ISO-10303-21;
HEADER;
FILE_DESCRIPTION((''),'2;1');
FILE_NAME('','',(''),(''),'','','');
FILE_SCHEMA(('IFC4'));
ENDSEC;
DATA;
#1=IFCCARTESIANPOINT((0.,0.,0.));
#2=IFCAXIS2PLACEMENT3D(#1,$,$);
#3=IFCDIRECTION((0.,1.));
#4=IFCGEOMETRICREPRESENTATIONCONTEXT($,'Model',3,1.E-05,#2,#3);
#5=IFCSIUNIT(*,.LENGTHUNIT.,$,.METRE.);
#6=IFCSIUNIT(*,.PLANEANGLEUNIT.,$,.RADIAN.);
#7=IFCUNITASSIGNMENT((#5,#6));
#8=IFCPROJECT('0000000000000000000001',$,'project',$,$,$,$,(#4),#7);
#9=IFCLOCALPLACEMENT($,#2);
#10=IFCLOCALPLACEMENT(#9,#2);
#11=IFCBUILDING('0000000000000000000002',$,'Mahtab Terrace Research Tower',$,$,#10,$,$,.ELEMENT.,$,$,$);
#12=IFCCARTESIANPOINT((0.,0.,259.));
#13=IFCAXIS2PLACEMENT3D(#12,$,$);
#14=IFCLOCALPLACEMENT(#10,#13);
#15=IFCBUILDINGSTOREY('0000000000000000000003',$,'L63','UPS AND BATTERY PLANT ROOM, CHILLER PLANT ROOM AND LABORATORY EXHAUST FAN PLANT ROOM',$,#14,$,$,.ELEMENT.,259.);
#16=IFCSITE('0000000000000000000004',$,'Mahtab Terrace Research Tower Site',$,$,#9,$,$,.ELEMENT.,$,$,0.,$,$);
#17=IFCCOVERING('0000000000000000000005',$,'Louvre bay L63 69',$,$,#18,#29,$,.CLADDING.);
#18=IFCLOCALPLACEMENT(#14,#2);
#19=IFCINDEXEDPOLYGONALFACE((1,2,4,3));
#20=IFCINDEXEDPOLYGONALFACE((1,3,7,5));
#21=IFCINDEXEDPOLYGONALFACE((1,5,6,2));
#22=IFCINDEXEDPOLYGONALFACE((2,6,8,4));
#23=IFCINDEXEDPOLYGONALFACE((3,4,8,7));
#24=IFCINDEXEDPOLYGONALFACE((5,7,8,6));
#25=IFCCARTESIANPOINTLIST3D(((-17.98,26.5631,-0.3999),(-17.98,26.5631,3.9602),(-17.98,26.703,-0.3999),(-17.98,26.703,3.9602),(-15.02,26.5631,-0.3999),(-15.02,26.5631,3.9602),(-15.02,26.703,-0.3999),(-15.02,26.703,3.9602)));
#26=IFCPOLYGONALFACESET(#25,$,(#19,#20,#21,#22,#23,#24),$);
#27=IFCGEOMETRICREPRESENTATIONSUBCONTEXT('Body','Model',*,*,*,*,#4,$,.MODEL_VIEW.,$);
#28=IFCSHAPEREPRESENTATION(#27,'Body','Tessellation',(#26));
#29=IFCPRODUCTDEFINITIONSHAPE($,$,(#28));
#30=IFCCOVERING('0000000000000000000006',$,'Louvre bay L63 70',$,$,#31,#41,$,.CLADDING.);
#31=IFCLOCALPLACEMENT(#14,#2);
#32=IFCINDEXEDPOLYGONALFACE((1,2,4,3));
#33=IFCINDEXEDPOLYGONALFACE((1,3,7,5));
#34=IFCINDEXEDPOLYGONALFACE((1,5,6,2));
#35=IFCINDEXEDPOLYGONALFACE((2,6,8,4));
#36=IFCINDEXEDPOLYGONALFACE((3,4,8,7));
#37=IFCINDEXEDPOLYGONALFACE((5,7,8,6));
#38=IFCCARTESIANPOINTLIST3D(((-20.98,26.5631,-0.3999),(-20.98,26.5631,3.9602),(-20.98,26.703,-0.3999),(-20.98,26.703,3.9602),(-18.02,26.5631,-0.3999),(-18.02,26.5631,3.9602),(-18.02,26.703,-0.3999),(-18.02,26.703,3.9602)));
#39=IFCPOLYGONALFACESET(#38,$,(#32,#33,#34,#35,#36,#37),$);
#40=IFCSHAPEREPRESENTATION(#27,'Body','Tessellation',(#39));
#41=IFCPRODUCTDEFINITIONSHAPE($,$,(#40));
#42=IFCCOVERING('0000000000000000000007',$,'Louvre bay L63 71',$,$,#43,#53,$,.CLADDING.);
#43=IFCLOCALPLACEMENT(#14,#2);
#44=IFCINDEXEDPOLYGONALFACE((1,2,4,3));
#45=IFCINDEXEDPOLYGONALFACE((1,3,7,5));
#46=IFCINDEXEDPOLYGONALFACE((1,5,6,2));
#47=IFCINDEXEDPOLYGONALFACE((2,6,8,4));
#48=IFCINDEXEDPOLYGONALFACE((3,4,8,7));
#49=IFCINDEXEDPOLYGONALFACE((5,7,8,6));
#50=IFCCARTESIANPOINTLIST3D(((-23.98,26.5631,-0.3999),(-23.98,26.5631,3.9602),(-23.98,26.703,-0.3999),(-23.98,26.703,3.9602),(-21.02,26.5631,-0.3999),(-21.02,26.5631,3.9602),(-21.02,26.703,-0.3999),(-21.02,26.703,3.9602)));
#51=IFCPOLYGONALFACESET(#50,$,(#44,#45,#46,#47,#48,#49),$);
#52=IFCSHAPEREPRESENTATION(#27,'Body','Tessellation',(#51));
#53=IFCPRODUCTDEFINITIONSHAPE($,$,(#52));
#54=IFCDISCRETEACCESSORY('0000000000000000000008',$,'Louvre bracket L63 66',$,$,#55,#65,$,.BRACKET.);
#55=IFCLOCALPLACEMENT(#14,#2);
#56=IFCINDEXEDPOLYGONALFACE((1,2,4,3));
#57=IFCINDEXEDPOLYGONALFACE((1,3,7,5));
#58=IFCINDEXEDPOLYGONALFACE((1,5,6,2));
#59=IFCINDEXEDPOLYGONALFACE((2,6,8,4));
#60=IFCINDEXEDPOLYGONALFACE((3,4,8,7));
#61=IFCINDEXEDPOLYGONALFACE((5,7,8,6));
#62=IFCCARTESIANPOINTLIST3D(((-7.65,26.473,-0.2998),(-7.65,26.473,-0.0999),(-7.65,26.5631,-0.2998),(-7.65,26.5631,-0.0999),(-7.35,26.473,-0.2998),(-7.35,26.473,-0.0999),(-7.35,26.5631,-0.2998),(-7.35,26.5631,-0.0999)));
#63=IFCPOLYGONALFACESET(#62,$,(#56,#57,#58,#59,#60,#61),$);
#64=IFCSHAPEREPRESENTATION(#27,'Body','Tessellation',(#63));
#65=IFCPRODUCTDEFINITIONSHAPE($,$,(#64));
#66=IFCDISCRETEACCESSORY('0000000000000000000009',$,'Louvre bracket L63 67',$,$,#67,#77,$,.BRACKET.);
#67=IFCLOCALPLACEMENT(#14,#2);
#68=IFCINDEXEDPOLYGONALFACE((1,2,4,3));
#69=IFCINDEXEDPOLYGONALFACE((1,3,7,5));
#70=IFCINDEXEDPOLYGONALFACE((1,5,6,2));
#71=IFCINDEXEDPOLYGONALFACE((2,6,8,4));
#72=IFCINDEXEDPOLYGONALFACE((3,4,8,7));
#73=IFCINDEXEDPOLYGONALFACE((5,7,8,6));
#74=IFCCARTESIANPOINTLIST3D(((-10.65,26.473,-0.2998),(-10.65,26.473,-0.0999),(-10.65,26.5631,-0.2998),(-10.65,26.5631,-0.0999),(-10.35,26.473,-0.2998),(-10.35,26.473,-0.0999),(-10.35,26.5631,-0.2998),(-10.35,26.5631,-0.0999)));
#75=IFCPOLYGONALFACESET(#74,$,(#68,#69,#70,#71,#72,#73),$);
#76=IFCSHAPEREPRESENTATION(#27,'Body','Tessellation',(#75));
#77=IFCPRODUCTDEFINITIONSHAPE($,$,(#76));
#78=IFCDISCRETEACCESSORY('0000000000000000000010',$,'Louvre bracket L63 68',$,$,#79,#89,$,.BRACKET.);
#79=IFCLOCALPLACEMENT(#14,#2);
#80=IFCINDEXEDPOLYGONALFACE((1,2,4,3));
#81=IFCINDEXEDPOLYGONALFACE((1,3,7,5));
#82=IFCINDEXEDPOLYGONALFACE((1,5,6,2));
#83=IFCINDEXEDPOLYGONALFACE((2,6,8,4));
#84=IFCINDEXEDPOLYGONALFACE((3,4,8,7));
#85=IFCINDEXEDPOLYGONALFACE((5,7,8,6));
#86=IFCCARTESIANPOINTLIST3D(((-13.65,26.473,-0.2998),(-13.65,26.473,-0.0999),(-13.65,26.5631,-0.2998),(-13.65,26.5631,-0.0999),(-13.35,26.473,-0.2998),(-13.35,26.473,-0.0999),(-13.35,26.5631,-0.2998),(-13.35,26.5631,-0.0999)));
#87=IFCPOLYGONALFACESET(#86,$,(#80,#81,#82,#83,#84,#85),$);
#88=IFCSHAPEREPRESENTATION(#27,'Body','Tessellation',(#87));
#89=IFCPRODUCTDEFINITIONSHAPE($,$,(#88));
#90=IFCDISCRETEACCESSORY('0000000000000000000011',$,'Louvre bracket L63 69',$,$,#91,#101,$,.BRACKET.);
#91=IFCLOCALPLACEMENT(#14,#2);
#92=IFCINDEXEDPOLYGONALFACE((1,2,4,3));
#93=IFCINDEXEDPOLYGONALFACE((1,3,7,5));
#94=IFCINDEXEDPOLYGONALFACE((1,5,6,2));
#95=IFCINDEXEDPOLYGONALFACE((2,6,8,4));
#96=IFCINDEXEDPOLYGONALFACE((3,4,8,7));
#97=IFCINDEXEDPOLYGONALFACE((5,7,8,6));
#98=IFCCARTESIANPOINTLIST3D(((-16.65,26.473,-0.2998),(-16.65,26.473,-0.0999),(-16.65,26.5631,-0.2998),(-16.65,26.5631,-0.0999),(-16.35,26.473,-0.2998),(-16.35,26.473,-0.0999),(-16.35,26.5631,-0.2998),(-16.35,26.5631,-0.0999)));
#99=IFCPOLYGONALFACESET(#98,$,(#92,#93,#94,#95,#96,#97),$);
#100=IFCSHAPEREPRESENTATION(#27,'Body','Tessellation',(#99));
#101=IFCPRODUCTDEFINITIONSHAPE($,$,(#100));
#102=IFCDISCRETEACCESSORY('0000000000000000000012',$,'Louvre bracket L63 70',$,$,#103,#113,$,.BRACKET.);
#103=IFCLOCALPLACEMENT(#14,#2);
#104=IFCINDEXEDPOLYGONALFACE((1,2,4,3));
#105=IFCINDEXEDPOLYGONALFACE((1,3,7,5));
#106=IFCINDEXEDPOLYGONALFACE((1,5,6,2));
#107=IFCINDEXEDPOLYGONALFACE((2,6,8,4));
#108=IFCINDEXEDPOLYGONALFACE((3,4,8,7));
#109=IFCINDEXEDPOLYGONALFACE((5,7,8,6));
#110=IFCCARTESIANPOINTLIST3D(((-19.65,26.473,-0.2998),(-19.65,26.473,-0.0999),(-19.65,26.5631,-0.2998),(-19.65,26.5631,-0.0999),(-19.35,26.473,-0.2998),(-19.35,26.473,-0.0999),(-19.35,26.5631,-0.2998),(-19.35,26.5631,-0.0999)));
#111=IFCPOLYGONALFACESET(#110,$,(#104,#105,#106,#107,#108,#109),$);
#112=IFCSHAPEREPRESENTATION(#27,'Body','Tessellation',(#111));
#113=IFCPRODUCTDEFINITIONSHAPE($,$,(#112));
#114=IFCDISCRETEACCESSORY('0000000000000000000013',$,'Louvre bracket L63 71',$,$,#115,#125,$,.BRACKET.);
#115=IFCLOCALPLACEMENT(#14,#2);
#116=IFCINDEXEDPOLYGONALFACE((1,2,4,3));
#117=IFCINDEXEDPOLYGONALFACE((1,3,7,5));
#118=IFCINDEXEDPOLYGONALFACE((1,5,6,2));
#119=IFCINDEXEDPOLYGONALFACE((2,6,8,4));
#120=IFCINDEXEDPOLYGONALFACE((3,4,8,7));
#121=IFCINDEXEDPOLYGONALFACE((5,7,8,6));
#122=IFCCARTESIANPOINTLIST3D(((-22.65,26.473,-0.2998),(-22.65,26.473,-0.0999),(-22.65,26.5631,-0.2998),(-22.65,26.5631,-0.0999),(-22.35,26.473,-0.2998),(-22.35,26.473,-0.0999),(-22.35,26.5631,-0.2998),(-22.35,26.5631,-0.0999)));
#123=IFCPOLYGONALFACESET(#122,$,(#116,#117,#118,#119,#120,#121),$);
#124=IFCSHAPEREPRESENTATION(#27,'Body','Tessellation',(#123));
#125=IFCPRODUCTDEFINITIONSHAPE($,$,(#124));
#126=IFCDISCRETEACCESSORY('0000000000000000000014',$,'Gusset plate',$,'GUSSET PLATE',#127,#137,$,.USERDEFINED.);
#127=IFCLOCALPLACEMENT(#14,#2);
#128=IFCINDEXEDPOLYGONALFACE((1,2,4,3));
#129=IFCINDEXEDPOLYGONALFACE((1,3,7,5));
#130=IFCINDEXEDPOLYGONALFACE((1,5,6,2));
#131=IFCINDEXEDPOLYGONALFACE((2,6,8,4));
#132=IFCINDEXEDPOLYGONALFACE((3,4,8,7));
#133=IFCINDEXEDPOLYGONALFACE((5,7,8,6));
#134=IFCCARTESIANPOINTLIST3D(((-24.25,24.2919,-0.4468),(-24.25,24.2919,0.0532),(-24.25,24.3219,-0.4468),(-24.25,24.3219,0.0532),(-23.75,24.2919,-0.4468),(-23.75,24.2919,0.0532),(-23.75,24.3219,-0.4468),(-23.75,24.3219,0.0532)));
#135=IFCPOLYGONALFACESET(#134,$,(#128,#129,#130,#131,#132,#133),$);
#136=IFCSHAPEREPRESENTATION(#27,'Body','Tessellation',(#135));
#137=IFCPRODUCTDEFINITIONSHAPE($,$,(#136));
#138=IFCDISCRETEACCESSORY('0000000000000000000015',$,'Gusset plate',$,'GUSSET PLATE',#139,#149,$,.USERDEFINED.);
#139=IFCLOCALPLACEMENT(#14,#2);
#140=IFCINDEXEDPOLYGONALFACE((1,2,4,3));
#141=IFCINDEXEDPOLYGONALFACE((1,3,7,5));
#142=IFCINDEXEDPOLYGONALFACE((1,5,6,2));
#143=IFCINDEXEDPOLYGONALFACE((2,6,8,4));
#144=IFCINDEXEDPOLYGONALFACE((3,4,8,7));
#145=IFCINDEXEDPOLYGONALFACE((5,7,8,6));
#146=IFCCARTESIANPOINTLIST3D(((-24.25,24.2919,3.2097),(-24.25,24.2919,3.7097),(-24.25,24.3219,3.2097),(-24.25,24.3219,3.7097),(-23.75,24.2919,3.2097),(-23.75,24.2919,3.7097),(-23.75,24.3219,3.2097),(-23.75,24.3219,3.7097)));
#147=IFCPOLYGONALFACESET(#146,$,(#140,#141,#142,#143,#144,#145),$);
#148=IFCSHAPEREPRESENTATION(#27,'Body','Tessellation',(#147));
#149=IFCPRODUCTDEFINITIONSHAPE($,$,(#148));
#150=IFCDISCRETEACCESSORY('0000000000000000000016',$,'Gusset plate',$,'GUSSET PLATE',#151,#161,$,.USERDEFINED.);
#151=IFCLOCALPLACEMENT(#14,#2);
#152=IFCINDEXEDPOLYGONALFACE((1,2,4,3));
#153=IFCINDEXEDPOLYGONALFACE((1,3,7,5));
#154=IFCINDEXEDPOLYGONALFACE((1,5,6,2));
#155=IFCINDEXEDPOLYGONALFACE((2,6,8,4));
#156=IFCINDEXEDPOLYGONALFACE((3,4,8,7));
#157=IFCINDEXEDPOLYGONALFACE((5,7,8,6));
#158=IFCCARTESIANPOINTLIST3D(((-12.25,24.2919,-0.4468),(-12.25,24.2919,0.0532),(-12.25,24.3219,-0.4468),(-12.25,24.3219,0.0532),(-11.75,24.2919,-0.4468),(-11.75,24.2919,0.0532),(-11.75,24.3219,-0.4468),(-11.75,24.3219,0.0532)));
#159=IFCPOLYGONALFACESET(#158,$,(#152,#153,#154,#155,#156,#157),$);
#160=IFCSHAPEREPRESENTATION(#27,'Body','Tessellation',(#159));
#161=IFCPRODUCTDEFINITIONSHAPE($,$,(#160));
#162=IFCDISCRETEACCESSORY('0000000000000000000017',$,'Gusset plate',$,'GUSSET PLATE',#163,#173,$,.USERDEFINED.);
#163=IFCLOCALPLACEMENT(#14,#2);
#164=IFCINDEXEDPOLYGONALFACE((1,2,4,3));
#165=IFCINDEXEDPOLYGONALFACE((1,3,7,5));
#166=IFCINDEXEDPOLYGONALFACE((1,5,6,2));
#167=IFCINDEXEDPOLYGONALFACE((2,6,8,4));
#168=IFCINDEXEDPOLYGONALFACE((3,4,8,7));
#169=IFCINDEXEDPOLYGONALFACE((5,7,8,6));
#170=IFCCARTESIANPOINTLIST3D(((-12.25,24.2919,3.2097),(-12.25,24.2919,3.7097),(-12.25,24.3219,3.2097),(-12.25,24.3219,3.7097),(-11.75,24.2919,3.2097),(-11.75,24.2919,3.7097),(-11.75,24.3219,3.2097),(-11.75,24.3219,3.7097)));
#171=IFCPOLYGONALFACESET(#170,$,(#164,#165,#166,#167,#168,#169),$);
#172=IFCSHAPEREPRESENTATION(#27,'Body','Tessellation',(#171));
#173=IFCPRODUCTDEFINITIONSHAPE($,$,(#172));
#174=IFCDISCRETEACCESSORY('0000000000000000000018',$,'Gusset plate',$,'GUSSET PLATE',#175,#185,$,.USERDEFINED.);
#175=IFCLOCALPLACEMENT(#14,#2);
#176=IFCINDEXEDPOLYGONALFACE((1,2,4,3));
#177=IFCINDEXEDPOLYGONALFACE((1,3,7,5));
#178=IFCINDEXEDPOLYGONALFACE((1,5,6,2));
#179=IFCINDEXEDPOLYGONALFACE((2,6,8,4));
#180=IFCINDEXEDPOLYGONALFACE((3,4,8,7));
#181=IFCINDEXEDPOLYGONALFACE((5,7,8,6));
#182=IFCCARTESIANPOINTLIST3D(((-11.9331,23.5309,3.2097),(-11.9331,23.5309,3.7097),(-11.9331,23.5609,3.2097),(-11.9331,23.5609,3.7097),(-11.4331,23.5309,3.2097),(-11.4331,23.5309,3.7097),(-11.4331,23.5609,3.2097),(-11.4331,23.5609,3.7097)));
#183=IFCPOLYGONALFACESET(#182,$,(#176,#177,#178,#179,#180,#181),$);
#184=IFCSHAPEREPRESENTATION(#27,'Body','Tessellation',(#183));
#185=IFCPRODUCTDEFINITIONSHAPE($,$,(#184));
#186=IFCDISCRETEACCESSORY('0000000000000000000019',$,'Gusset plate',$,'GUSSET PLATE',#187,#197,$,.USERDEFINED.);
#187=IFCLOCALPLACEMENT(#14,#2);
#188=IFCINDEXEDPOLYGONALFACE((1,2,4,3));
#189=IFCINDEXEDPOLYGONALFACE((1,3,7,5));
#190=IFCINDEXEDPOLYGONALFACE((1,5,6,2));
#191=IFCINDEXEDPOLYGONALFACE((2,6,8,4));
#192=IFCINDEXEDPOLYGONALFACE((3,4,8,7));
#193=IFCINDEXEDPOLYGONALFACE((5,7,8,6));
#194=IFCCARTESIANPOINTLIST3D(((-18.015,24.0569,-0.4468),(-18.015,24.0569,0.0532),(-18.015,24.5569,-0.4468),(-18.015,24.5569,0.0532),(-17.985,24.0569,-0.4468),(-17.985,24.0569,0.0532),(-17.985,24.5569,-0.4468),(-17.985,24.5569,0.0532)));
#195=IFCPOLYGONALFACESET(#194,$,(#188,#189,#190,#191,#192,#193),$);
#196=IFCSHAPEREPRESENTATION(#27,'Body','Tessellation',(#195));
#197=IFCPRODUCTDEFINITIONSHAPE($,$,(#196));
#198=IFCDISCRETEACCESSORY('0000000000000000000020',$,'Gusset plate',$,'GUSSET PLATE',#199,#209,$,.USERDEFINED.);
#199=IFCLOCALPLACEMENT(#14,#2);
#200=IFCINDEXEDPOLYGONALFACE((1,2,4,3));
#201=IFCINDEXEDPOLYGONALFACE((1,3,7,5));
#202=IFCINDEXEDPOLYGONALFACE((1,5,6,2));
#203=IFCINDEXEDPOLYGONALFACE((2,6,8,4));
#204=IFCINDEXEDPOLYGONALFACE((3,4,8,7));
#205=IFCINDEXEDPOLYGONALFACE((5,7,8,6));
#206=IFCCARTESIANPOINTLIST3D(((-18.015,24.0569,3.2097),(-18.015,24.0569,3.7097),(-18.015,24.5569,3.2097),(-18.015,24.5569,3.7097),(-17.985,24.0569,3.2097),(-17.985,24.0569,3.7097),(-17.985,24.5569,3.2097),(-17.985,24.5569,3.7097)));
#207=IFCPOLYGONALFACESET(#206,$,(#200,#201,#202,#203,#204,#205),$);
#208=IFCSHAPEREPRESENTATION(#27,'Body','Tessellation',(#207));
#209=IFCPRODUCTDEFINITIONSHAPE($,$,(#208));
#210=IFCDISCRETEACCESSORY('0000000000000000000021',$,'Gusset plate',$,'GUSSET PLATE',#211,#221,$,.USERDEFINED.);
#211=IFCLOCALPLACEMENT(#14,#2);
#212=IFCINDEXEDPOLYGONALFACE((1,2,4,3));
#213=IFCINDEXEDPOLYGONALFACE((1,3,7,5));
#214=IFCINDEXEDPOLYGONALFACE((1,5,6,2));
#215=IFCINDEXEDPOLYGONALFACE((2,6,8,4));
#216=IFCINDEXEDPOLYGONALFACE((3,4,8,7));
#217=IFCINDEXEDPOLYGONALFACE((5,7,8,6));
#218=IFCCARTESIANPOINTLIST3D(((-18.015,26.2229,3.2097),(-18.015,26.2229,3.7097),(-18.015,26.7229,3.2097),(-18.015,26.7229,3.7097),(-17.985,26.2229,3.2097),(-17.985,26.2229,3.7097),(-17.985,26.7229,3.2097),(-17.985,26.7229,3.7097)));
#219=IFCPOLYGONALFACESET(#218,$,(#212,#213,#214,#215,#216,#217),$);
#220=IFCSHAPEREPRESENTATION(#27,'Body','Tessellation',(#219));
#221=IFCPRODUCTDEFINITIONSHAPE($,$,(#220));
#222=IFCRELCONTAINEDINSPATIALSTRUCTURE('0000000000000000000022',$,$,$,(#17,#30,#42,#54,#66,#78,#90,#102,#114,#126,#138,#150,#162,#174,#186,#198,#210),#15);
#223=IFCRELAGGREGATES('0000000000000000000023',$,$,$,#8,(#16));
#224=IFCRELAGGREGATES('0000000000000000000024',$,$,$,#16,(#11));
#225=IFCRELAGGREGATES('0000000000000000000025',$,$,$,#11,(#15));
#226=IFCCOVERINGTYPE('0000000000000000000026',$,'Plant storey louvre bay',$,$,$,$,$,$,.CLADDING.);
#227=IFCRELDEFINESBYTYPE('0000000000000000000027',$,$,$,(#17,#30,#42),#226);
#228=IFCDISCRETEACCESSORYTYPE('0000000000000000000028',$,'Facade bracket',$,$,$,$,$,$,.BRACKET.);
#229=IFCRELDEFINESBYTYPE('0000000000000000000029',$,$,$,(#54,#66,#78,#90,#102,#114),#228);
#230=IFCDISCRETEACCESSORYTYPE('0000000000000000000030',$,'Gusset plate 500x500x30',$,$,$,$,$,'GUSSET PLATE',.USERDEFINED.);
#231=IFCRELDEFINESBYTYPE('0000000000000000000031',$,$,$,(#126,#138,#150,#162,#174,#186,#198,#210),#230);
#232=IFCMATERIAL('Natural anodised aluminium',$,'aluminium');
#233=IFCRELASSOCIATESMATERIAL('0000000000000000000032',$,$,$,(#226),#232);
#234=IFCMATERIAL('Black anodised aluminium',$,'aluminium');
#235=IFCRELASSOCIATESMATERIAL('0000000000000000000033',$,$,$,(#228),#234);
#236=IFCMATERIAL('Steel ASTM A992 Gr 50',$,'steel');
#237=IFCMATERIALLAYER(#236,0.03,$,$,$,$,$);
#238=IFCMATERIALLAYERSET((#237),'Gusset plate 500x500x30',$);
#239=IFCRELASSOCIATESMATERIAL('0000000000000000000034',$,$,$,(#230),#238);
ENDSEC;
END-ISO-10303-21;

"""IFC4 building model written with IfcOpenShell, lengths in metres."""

from ifc_helpers import new_model, si_unit, direction, frame, origin, origin_2d, place, context, subcontext, project, spatial, rectangle, extrude, material, layer, layer_set, type_object, element, save


model = new_model("IFC4")

# Units and contexts
model_context = context("Model", 3, precision=1e-05, world=origin(), true_north=direction((0.0, 1.0)))
body_context = subcontext(model_context, "Body", "Model", "MODEL_VIEW")
ifc_project = project(units=[si_unit("LENGTHUNIT", "METRE"), si_unit("PLANEANGLEUNIT", "RADIAN")], contexts=[model_context])

# Site, building, storey
site_placement = place(None, origin())
site = spatial("IfcSite", under=ifc_project, at=site_placement, Name="Mahtab Terrace Research Tower Site", CompositionType="ELEMENT", RefElevation=0.0)
building_placement = place(site_placement, origin())
building = spatial("IfcBuilding", under=site, at=building_placement, Name="Mahtab Terrace Research Tower", CompositionType="ELEMENT")
storey_placement = place(building_placement, frame((0.0, 0.0, 259.0)))
storey = spatial("IfcBuildingStorey", under=building, at=storey_placement, Name="L63", Description="UPS AND BATTERY PLANT ROOM, CHILLER PLANT ROOM AND LABORATORY EXHAUST FAN PLANT ROOM", CompositionType="ELEMENT", Elevation=259.0)

# Shared definitions
ifc_material_1 = material(Name="Steel ASTM A992 Gr 50", Category="steel")

# Coverings
ifc_material_2 = material(Name="Natural anodised aluminium", Category="aluminium")
covering_type = type_object("IfcCoveringType", Name="Plant storey louvre bay", PredefinedType="CLADDING", material=ifc_material_2)
for number, where, z_axis, x_axis, name in (
    (1, (-16.5, 26.6331, -0.3999), (0.0, 0.0, 1.0), (-1.0, 0.0, 0.0), "Louvre bay L63 69"),
    (2, (-19.5, 26.6331, -0.3999), (0.0, 0.0, 1.0), (-1.0, 0.0, 0.0), "Louvre bay L63 70"),
    (3, (-22.5, 26.6331, -0.3999), (0.0, 0.0, 1.0), (-1.0, 0.0, 0.0), "Louvre bay L63 71"),
):
    element("IfcCovering", number, at=place(storey_placement, frame(where, z_axis=z_axis, x_axis=x_axis)), inside=storey, type_object=covering_type, Name=name, PredefinedType="CLADDING", context=body_context, shape_type="SweptSolid", body=[
        extrude(rectangle(XDim=2.96, YDim=0.1399, at=origin_2d()), origin(), (0.0, 0.0, 1.0), 4.3601),
    ])

# Discrete accessories
ifc_material_3 = material(Name="Black anodised aluminium", Category="aluminium")
discrete_accessory_type_1 = type_object("IfcDiscreteAccessoryType", Name="Facade bracket", PredefinedType="BRACKET", material=ifc_material_3)
for number, where, z_axis, x_axis, name in (
    (4, (-7.5, 26.5181, -0.2998), (0.0, 0.0, 1.0), (-1.0, 0.0, 0.0), "Louvre bracket L63 66"),
    (5, (-10.5, 26.5181, -0.2998), (0.0, 0.0, 1.0), (-1.0, 0.0, 0.0), "Louvre bracket L63 67"),
    (6, (-13.5, 26.5181, -0.2998), (0.0, 0.0, 1.0), (-1.0, 0.0, 0.0), "Louvre bracket L63 68"),
    (7, (-16.5, 26.5181, -0.2998), (0.0, 0.0, 1.0), (-1.0, 0.0, 0.0), "Louvre bracket L63 69"),
    (8, (-19.5, 26.5181, -0.2998), (0.0, 0.0, 1.0), (-1.0, 0.0, 0.0), "Louvre bracket L63 70"),
    (9, (-22.5, 26.5181, -0.2998), (0.0, 0.0, 1.0), (-1.0, 0.0, 0.0), "Louvre bracket L63 71"),
):
    element("IfcDiscreteAccessory", number, at=place(storey_placement, frame(where, z_axis=z_axis, x_axis=x_axis)), inside=storey, type_object=discrete_accessory_type_1, Name=name, PredefinedType="BRACKET", context=body_context, shape_type="SweptSolid", body=[
        extrude(rectangle(XDim=0.3, YDim=0.0901, at=origin_2d()), origin(), (0.0, 0.0, 1.0), 0.2),
    ])
ifc_layer = layer(ifc_material_1, 0.03)
ifc_layer_set = layer_set([ifc_layer], Name="Gusset plate 500x500x30")
discrete_accessory_type_2 = type_object("IfcDiscreteAccessoryType", Name="Gusset plate 500x500x30", ElementType="GUSSET PLATE", PredefinedType="USERDEFINED", material=ifc_layer_set)
for number, where, z_axis, x_axis, name in (
    (10, (-24.0, 24.3069, -0.4468), (0.0, 0.0, 1.0), (1.0, 0.0, 0.0), "Gusset plate"),
    (11, (-24.0, 24.3069, 3.2097), (0.0, 0.0, 1.0), (1.0, 0.0, 0.0), "Gusset plate"),
    (12, (-12.0, 24.3069, -0.4468), (0.0, 0.0, 1.0), (1.0, 0.0, 0.0), "Gusset plate"),
    (13, (-12.0, 24.3069, 3.2097), (0.0, 0.0, 1.0), (1.0, 0.0, 0.0), "Gusset plate"),
    (14, (-11.6831, 23.5459, 3.2097), (0.0, 0.0, 1.0), (1.0, 0.0, 0.0), "Gusset plate"),
    (15, (-18.0, 24.3069, -0.4468), (0.0, 0.0, 1.0), (0.0, 1.0, 0.0), "Gusset plate"),
    (16, (-18.0, 24.3069, 3.2097), (0.0, 0.0, 1.0), (0.0, 1.0, 0.0), "Gusset plate"),
    (17, (-18.0, 26.4729, 3.2097), (0.0, 0.0, 1.0), (0.0, 1.0, 0.0), "Gusset plate"),
):
    element("IfcDiscreteAccessory", number, at=place(storey_placement, frame(where, z_axis=z_axis, x_axis=x_axis)), inside=storey, type_object=discrete_accessory_type_2, Name=name, ObjectType="GUSSET PLATE", PredefinedType="USERDEFINED", context=body_context, shape_type="SweptSolid", body=[
        extrude(rectangle(XDim=0.5, YDim=0.03, at=origin_2d()), origin(), (0.0, 0.0, 1.0), 0.5),
    ])

save(model, "model.ifc")
